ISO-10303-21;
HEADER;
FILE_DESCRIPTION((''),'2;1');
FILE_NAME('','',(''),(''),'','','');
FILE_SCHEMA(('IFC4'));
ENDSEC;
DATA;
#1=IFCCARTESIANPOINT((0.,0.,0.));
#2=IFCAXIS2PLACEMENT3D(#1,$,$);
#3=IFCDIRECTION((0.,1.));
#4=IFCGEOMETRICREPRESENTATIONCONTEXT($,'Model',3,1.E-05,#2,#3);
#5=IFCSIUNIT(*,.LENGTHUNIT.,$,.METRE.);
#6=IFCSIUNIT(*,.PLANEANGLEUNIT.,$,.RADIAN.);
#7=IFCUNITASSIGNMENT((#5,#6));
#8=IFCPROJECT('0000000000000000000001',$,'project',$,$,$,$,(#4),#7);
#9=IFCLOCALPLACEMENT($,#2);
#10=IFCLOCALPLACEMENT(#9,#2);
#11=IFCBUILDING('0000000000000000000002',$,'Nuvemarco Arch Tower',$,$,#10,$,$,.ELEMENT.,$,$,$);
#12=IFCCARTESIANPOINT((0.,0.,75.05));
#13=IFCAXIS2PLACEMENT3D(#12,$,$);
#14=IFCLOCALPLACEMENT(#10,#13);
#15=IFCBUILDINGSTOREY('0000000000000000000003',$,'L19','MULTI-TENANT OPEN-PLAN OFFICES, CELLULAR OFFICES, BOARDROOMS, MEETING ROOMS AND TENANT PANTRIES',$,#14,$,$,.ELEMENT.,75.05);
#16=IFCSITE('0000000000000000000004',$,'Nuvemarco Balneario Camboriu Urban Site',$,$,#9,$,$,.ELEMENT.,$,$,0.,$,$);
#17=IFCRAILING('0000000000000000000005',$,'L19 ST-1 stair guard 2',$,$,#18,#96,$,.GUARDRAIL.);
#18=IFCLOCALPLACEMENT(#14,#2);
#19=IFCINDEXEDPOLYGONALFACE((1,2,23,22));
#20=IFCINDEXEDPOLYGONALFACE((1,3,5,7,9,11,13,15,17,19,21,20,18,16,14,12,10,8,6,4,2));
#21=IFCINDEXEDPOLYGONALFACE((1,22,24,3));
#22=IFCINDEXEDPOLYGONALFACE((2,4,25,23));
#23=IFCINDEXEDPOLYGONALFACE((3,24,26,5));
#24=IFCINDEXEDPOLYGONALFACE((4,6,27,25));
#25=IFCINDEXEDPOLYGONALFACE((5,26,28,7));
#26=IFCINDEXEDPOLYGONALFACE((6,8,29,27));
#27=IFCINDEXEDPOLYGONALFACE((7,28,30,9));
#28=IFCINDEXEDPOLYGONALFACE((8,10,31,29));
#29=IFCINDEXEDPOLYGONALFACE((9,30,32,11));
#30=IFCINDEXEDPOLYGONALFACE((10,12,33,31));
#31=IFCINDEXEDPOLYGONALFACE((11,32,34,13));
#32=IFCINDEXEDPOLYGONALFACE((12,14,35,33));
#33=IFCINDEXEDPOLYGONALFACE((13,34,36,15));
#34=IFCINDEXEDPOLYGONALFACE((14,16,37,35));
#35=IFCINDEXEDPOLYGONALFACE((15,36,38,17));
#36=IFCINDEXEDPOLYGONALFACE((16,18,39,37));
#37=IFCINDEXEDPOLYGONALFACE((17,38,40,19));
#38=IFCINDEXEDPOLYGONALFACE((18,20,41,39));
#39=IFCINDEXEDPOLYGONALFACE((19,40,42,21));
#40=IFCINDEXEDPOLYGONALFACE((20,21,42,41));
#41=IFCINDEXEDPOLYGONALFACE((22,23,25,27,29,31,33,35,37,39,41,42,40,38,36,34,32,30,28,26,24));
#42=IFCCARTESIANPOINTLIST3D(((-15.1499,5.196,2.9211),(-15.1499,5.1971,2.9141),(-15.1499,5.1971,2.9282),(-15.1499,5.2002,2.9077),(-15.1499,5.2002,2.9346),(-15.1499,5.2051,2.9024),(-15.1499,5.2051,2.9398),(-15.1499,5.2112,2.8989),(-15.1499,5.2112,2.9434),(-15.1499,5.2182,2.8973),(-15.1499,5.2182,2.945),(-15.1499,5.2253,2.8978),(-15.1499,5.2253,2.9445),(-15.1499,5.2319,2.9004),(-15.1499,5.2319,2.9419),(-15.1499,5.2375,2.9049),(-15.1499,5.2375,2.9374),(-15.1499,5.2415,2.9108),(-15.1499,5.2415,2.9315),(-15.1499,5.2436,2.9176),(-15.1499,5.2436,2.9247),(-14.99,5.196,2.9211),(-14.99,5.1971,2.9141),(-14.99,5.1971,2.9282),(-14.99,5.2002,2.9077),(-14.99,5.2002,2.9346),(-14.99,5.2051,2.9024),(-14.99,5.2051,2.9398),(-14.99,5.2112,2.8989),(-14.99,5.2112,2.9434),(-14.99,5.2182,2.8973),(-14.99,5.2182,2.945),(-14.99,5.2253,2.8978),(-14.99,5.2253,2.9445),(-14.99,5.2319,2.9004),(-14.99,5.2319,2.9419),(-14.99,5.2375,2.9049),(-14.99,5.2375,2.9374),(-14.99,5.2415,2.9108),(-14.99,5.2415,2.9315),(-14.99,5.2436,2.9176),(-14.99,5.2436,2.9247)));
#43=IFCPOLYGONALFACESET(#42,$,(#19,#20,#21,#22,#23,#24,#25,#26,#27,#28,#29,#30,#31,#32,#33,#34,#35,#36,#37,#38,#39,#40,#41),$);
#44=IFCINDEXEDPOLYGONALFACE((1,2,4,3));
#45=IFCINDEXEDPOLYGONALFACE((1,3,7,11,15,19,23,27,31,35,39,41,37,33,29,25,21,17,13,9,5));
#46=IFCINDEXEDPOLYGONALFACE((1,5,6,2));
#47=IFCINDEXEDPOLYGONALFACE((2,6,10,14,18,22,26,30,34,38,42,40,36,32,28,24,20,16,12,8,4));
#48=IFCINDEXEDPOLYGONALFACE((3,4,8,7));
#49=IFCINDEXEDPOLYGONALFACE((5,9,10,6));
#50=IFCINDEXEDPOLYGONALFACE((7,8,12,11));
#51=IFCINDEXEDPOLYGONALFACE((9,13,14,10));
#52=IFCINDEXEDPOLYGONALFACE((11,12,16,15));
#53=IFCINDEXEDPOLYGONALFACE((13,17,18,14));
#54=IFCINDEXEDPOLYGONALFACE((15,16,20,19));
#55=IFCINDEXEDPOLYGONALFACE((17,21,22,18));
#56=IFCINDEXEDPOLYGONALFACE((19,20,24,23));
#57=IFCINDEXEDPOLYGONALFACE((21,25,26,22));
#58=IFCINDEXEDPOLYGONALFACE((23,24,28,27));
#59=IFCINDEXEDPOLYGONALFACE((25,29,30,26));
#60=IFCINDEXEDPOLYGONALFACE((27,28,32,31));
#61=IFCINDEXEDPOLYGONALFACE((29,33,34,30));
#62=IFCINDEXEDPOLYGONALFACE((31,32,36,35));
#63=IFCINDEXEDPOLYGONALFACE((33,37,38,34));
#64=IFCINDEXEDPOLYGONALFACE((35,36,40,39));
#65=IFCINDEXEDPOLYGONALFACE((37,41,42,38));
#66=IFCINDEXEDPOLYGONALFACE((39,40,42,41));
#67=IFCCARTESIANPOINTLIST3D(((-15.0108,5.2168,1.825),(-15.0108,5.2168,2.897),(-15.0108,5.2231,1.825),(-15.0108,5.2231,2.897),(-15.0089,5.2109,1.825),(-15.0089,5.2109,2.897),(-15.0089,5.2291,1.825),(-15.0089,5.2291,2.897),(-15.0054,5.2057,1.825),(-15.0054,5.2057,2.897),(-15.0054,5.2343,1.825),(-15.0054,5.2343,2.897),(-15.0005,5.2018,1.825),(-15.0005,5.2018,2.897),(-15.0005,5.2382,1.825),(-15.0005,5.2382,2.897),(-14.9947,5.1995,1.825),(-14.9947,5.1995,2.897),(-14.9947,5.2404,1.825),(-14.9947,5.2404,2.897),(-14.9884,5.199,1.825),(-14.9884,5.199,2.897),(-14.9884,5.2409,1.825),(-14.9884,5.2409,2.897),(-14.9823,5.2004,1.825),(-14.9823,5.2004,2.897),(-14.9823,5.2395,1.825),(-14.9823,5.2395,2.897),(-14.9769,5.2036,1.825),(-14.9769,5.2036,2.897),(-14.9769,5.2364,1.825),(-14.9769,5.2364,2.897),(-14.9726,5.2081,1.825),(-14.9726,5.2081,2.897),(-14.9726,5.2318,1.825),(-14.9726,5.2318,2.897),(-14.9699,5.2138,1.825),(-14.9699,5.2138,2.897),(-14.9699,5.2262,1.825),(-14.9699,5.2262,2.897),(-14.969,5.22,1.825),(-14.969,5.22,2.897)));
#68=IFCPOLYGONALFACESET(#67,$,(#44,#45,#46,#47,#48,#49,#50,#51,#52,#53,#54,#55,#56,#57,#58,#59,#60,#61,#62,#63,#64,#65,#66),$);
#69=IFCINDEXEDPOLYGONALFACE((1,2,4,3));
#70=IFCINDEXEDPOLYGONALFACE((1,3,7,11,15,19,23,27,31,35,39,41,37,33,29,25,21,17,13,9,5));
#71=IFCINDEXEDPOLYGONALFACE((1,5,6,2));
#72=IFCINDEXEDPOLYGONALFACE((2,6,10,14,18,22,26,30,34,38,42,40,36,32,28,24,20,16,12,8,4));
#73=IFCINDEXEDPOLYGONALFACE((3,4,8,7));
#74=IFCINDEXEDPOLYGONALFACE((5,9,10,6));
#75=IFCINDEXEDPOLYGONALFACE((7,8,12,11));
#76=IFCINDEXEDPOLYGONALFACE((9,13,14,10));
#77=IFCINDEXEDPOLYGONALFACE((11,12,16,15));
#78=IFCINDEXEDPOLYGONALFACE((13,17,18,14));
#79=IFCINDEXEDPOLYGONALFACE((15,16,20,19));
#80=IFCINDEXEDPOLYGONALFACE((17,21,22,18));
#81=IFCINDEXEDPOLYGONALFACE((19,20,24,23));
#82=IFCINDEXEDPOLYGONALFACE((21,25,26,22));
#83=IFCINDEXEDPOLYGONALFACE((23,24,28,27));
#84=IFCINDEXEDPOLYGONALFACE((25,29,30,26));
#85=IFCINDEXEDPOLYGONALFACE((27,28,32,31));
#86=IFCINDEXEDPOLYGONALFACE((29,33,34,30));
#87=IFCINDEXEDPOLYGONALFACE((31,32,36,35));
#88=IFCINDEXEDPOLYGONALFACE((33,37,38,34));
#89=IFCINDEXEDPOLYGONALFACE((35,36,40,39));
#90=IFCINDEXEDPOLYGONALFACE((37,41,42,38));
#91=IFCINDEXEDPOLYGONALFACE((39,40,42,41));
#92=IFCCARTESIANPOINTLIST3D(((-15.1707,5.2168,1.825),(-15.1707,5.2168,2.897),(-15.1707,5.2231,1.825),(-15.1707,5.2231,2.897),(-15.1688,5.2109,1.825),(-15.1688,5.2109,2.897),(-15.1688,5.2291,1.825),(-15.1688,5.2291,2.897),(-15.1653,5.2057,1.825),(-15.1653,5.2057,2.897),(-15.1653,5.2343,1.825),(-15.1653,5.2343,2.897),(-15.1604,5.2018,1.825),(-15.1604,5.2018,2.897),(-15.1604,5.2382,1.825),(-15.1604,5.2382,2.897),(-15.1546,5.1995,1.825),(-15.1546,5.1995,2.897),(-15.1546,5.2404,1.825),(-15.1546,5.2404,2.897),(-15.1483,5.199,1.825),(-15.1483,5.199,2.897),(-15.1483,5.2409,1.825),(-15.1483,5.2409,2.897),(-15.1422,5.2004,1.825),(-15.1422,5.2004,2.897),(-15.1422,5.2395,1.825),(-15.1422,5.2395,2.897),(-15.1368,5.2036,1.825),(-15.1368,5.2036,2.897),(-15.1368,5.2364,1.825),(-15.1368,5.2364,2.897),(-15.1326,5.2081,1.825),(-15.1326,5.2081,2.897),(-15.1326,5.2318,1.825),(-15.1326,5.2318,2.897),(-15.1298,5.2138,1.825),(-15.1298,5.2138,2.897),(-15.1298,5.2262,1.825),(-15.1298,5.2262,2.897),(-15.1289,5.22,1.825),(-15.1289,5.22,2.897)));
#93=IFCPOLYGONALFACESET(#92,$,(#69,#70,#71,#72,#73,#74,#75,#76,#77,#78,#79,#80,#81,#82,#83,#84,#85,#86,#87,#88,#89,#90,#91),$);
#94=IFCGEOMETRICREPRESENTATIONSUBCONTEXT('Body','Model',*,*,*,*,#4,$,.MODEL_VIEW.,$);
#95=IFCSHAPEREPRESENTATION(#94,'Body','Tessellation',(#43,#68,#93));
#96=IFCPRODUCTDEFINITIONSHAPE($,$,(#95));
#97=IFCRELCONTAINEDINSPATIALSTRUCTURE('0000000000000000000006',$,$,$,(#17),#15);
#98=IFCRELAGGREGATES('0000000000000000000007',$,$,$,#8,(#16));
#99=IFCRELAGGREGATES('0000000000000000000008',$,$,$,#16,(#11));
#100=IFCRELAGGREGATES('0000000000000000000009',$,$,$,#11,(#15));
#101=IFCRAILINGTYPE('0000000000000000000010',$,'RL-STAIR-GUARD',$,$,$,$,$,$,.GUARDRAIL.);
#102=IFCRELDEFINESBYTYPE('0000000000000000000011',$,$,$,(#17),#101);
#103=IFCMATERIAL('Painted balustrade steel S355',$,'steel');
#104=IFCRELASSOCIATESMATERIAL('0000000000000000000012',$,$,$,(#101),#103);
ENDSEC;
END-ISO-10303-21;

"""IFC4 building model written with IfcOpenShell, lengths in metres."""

from ifc_helpers import new_model, si_unit, direction, frame, origin, origin_2d, place, context, subcontext, project, spatial, circle, extrude, material, type_object, element, save


model = new_model("IFC4")

# Units and contexts
model_context = context("Model", 3, precision=1e-05, world=origin(), true_north=direction((0.0, 1.0)))
body_context = subcontext(model_context, "Body", "Model", "MODEL_VIEW")
ifc_project = project(units=[si_unit("LENGTHUNIT", "METRE"), si_unit("PLANEANGLEUNIT", "RADIAN")], contexts=[model_context])

# Site, building, storey
site_placement = place(None, origin())
site = spatial("IfcSite", under=ifc_project, at=site_placement, Name="Nuvemarco Balneario Camboriu Urban Site", CompositionType="ELEMENT", RefElevation=0.0)
building_placement = place(site_placement, origin())
building = spatial("IfcBuilding", under=site, at=building_placement, Name="Nuvemarco Arch Tower", CompositionType="ELEMENT")
storey_placement = place(building_placement, frame((0.0, 0.0, 75.05)))
storey = spatial("IfcBuildingStorey", under=building, at=storey_placement, Name="L19", Description="MULTI-TENANT OPEN-PLAN OFFICES, CELLULAR OFFICES, BOARDROOMS, MEETING ROOMS AND TENANT PANTRIES", CompositionType="ELEMENT", Elevation=75.05)

# Railing
ifc_material_1 = material(Name="Painted balustrade steel S355", Category="steel")
railing_type_1 = type_object("IfcRailingType", Name="RL-STAIR-GUARD", PredefinedType="GUARDRAIL", material=ifc_material_1)
railing_1_placement = place(storey_placement, frame((-14.99, 5.22, 1.825)))
element("IfcRailing", 1, at=railing_1_placement, inside=storey, type_object=railing_type_1, Name="L19 ST-1 stair guard 2", PredefinedType="GUARDRAIL", context=body_context, shape_type="SweptSolid", body=[
    extrude(circle(Radius=0.0239, at=origin_2d()), frame((0.0, 0.0, 1.0962), z_axis=(-1.0, 0.0, 0.0), x_axis=(0.0, -1.0, 0.0)), (0.0, 0.0, 1.0), 0.1599),
    extrude(circle(Radius=0.021, at=origin_2d()), origin(), (0.0, 0.0, 1.0), 1.072),
    extrude(circle(Radius=0.021, at=origin_2d()), frame((-0.1599, 0.0, 0.0)), (0.0, 0.0, 1.0), 1.072),
])

save(model, "model.ifc")
